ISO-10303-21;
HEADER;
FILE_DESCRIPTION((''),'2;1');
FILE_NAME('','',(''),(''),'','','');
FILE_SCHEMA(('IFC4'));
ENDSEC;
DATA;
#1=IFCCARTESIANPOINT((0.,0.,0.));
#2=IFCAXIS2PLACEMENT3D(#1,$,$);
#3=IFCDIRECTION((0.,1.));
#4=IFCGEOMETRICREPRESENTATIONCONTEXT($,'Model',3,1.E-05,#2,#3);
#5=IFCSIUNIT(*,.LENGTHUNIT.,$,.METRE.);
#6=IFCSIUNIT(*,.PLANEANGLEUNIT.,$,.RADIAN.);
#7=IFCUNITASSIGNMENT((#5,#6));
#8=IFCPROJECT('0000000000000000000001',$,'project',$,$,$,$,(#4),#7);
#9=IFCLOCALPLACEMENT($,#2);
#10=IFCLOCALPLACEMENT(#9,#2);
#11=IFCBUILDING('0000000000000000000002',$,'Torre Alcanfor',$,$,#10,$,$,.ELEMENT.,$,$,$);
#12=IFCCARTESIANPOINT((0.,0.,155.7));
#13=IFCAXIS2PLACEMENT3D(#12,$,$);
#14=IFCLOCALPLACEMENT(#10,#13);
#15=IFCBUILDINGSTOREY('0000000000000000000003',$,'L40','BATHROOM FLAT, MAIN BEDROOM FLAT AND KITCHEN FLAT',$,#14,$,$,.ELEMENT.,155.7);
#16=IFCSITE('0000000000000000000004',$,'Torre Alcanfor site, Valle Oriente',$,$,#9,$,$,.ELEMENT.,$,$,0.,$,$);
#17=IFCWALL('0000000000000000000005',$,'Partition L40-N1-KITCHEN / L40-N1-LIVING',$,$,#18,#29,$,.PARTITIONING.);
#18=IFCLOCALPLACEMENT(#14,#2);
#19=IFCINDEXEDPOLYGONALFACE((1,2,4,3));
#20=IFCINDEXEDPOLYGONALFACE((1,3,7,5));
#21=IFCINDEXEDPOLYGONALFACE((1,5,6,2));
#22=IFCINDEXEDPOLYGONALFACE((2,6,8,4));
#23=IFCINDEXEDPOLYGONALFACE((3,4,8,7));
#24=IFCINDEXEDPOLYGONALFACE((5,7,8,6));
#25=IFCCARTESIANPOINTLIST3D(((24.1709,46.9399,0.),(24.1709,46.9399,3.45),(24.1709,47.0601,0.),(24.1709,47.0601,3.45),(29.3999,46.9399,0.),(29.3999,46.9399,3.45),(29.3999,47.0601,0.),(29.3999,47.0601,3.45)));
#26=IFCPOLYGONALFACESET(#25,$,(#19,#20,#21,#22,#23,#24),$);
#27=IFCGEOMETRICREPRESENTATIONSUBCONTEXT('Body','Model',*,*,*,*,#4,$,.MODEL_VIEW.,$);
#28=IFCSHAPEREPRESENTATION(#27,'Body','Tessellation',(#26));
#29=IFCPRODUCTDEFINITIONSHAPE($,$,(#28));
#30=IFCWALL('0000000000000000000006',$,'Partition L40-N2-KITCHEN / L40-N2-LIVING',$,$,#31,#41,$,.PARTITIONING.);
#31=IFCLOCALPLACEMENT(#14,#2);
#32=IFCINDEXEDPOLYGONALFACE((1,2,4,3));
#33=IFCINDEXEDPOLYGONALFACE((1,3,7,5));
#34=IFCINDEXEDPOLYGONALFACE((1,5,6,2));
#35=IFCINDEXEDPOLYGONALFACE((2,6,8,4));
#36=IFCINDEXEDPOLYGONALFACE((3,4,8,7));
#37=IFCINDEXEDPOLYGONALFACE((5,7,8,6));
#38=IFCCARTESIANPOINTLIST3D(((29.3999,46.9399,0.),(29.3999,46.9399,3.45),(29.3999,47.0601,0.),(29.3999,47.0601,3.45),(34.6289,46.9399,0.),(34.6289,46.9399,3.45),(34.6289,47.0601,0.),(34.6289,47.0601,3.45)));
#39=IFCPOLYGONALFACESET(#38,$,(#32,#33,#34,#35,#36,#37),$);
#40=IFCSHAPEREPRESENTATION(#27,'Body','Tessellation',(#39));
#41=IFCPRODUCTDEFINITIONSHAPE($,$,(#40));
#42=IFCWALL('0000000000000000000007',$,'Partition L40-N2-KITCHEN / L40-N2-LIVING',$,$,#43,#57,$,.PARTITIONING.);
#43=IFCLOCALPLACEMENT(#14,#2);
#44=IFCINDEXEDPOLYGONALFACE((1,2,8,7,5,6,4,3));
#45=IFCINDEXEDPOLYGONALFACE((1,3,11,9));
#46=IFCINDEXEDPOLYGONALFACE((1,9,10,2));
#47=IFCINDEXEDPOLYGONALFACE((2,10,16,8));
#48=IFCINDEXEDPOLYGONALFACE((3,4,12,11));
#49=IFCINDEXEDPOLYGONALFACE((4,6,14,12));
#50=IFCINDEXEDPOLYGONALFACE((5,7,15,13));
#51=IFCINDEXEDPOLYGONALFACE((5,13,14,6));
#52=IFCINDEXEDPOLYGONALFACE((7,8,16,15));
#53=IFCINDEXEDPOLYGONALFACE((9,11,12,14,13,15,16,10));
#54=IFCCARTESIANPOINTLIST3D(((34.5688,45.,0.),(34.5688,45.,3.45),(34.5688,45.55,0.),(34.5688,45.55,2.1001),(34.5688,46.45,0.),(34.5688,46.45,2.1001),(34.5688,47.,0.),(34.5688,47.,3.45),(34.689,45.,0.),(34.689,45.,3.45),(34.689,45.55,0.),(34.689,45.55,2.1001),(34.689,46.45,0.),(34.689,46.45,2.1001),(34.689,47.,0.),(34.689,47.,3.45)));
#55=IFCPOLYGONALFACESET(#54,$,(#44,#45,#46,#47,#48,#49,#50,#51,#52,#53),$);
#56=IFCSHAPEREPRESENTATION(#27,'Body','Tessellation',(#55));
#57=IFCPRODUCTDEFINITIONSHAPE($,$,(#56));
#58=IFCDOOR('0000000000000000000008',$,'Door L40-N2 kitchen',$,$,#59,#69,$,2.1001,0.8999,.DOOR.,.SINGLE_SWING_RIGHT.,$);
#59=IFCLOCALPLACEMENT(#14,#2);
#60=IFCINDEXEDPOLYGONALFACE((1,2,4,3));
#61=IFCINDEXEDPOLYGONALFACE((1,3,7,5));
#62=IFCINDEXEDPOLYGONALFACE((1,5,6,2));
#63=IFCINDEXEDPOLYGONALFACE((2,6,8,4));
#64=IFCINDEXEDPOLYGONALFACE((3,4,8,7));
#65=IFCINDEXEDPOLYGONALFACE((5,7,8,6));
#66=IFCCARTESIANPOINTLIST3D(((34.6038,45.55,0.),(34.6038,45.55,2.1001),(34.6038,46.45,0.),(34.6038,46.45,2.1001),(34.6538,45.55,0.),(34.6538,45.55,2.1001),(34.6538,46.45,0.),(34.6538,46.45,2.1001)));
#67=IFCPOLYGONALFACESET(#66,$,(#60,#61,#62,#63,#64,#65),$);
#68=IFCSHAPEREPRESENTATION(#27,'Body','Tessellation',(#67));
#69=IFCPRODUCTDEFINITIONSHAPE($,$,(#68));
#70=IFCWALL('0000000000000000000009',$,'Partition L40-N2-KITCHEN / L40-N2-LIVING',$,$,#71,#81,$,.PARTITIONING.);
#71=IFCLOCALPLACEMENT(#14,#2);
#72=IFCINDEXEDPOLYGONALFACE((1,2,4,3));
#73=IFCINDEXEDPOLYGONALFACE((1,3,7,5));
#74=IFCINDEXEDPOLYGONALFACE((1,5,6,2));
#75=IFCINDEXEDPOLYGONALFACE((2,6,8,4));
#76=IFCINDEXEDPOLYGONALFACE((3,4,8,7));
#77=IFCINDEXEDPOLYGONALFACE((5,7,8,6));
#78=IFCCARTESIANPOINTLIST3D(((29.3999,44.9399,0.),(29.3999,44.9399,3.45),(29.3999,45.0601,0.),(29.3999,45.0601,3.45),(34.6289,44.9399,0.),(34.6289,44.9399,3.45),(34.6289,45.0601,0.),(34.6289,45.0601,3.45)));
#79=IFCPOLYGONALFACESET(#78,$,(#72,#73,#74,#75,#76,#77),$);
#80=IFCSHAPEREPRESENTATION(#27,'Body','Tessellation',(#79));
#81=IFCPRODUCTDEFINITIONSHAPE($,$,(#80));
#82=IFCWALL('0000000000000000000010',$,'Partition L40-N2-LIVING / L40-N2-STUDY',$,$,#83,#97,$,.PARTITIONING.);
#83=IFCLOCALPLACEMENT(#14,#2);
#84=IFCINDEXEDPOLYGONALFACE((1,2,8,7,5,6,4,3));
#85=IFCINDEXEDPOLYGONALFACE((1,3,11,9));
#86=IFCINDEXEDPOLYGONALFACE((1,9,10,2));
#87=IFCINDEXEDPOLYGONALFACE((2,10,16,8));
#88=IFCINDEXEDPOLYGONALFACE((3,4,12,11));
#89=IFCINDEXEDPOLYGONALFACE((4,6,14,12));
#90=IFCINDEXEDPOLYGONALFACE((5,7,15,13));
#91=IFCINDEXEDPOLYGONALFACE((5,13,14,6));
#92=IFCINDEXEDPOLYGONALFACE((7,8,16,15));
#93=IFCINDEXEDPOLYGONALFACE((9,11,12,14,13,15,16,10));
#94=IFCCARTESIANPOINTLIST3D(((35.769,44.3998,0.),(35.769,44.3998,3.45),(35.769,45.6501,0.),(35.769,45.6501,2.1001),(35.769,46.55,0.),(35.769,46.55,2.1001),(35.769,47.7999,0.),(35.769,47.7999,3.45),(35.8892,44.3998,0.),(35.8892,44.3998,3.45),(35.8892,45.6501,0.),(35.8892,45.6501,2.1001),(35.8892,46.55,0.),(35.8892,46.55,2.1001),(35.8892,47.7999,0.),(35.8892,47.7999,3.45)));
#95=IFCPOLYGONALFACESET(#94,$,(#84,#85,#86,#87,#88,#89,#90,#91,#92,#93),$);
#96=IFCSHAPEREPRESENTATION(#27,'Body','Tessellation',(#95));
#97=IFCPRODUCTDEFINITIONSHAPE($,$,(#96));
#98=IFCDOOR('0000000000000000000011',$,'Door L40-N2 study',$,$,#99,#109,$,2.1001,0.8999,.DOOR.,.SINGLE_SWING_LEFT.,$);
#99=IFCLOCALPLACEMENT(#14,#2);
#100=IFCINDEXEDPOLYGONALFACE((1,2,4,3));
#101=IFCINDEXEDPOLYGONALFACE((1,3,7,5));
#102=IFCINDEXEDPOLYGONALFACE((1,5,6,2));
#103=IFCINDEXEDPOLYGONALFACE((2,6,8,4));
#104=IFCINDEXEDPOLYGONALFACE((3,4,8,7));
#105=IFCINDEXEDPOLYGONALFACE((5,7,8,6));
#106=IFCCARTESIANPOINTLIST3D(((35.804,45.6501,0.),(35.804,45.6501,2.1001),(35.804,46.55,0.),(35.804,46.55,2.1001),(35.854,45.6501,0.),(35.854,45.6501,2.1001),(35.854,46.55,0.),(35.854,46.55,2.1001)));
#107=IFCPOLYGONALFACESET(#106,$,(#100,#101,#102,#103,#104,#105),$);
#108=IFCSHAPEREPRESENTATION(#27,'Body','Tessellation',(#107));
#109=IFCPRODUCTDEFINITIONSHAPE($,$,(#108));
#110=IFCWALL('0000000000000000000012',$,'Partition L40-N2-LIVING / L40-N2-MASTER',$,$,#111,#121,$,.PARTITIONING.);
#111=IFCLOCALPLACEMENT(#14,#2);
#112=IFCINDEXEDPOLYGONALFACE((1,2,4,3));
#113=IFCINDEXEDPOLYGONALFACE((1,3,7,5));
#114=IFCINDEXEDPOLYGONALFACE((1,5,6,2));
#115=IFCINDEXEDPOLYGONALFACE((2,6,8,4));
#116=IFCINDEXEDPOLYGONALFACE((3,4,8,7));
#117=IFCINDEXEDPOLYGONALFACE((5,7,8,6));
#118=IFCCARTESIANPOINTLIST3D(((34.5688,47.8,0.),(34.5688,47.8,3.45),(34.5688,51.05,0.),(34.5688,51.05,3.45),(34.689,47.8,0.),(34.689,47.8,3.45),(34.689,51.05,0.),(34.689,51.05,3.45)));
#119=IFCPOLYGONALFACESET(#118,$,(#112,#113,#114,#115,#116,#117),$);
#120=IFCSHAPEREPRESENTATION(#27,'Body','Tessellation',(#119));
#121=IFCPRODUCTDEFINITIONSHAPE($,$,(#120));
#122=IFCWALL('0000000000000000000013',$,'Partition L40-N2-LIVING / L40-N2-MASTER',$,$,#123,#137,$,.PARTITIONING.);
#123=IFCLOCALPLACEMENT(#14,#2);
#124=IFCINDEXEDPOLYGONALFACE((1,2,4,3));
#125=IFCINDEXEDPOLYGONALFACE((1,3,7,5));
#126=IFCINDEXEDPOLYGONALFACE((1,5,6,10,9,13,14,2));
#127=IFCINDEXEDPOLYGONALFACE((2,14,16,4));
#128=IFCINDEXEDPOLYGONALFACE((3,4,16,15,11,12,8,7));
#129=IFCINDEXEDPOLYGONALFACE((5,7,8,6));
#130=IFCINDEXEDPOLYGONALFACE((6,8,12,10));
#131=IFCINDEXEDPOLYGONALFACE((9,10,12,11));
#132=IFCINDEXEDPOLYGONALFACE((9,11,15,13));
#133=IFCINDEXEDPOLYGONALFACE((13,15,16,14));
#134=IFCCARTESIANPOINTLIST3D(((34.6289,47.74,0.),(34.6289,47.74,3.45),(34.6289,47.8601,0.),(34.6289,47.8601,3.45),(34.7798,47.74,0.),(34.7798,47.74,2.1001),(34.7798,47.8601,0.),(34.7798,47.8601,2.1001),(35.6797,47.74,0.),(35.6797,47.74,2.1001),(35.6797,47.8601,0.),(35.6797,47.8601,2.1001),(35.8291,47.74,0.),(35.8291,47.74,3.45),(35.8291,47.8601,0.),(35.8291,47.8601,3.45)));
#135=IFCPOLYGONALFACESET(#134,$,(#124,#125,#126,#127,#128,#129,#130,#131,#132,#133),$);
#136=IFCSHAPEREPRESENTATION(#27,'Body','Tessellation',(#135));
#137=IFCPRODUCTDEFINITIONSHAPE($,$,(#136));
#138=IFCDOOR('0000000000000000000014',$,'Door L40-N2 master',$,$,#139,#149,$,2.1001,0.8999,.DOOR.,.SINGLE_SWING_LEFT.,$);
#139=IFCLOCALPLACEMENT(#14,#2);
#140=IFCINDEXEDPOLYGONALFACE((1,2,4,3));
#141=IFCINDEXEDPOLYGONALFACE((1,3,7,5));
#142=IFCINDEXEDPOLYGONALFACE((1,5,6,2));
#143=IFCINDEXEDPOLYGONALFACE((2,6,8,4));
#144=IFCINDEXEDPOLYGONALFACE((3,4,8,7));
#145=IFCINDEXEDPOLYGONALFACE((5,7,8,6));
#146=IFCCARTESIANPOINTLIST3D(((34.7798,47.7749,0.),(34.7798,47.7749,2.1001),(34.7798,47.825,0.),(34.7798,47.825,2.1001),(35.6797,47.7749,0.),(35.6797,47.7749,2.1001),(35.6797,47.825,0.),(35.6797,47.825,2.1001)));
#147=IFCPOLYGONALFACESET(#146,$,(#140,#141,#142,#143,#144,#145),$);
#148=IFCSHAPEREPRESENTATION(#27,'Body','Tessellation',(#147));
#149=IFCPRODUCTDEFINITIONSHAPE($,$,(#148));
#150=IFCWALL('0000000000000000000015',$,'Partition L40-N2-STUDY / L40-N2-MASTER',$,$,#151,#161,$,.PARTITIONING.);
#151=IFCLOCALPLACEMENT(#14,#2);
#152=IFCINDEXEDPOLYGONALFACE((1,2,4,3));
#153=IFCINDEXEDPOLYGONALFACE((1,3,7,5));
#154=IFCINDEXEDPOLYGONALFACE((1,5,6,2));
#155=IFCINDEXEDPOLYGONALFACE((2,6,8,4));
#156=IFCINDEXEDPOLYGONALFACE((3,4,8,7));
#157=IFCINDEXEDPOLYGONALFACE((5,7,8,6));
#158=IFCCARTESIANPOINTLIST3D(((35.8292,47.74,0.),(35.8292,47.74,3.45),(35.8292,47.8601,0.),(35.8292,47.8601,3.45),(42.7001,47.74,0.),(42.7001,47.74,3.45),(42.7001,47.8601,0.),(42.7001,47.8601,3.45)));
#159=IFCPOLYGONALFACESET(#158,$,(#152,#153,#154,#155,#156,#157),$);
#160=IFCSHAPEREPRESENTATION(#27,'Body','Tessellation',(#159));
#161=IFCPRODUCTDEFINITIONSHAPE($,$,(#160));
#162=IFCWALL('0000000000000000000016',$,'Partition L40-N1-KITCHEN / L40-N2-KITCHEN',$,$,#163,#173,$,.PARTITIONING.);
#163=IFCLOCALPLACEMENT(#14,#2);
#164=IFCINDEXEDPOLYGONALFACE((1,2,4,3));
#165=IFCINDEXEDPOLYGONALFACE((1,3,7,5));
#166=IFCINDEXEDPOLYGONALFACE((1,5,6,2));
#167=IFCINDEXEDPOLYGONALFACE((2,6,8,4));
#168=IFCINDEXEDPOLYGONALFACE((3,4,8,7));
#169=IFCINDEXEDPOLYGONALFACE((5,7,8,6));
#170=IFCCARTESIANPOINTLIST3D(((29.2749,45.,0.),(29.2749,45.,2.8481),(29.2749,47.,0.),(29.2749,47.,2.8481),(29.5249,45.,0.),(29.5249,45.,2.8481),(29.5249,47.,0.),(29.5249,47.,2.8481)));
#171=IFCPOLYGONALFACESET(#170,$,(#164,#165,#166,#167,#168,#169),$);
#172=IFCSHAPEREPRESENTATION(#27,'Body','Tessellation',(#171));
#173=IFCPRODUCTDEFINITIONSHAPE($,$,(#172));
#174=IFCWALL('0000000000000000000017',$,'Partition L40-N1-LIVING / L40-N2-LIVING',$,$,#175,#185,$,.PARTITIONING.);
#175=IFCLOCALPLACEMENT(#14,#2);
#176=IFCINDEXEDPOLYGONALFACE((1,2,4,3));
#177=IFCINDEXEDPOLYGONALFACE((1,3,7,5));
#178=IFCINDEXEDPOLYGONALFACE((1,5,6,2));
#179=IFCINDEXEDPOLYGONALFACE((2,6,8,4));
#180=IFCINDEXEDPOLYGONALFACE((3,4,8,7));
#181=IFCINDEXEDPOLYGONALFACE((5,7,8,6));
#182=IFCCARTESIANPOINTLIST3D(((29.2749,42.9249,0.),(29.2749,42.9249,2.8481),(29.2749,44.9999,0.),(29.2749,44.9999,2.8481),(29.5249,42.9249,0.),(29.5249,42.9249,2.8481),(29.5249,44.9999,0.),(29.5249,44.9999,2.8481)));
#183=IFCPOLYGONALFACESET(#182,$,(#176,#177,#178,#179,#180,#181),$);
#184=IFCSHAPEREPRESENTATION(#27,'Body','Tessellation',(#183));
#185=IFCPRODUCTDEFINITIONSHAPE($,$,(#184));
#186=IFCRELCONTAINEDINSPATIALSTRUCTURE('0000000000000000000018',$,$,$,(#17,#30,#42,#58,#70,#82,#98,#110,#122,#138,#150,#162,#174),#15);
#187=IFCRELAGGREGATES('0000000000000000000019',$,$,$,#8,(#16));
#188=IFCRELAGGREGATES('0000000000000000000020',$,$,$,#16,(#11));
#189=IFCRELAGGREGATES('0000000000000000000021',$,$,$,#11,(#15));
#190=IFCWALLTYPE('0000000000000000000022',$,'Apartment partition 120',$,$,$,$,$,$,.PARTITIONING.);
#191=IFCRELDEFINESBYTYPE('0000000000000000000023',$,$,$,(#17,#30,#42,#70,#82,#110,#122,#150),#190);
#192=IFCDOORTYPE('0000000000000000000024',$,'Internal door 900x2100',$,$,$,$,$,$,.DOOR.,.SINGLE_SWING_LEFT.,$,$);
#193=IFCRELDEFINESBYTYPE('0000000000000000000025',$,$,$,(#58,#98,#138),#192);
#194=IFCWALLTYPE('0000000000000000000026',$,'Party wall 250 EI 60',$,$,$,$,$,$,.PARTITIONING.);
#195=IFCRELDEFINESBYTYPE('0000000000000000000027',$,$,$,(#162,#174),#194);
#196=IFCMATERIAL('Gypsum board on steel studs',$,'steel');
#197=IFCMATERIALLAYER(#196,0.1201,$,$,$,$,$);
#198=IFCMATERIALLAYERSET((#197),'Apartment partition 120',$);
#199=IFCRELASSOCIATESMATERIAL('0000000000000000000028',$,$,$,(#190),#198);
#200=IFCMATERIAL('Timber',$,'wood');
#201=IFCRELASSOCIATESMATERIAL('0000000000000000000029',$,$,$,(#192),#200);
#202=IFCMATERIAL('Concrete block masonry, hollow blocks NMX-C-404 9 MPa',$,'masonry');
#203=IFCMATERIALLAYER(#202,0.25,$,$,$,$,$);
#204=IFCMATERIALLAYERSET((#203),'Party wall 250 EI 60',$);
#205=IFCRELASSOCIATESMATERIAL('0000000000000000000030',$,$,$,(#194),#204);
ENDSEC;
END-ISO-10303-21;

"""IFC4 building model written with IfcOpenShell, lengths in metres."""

from ifc_helpers import new_model, si_unit, direction, frame, frame_2d, origin, place, context, subcontext, project, spatial, rectangle, extrude, material, layer, layer_set, type_object, element, fill, save


model = new_model("IFC4")

# Units and contexts
model_context = context("Model", 3, precision=1e-05, world=origin(), true_north=direction((0.0, 1.0)))
body_context = subcontext(model_context, "Body", "Model", "MODEL_VIEW")
ifc_project = project(units=[si_unit("LENGTHUNIT", "METRE"), si_unit("PLANEANGLEUNIT", "RADIAN")], contexts=[model_context])

# Site, building, storey
site_placement = place(None, origin())
site = spatial("IfcSite", under=ifc_project, at=site_placement, Name="Torre Alcanfor site, Valle Oriente", CompositionType="ELEMENT", RefElevation=0.0)
building_placement = place(site_placement, origin())
building = spatial("IfcBuilding", under=site, at=building_placement, Name="Torre Alcanfor", CompositionType="ELEMENT")
storey_placement = place(building_placement, frame((0.0, 0.0, 155.7)))
storey = spatial("IfcBuildingStorey", under=building, at=storey_placement, Name="L40", Description="BATHROOM FLAT, MAIN BEDROOM FLAT AND KITCHEN FLAT", CompositionType="ELEMENT", Elevation=155.7)

# Walls
ifc_material_1 = material(Name="Gypsum board on steel studs", Category="steel")
ifc_layer_1 = layer(ifc_material_1, 0.1201)
ifc_layer_set_1 = layer_set([ifc_layer_1], Name="Apartment partition 120")
wall_type_1 = type_object("IfcWallType", Name="Apartment partition 120", PredefinedType="PARTITIONING", material=ifc_layer_set_1)
for number, where, z_axis, x_axis, name in (
    (1, (29.3999, 47.0, 0.0), (0.0, 0.0, 1.0), (-1.0, 0.0, 0.0), "Partition L40-N1-KITCHEN / L40-N1-LIVING"),
    (2, (29.3999, 47.0, 0.0), (0.0, 0.0, 1.0), (1.0, 0.0, 0.0), "Partition L40-N2-KITCHEN / L40-N2-LIVING"),
):
    element("IfcWall", number, at=place(storey_placement, frame(where, z_axis=z_axis, x_axis=x_axis)), inside=storey, type_object=wall_type_1, Name=name, PredefinedType="PARTITIONING", context=body_context, shape_type="SweptSolid", body=[
        extrude(rectangle(XDim=5.229, YDim=0.1201, at=frame_2d((2.6145, 0.0))), origin(), (0.0, 0.0, 1.0), 3.45),
    ])

# Wall, opening, door
wall_1_placement = place(storey_placement, frame((34.6289, 47.0, 0.0), z_axis=(0.0, 0.0, 1.0), x_axis=(0.0, -1.0, 0.0)))
wall_1 = element("IfcWall", 3, at=wall_1_placement, inside=storey, type_object=wall_type_1, Name="Partition L40-N2-KITCHEN / L40-N2-LIVING", PredefinedType="PARTITIONING", context=body_context, shape_type="SweptSolid", body=[
    extrude(rectangle(XDim=2.0, YDim=0.1201, at=frame_2d((1.0, 0.0))), origin(), (0.0, 0.0, 1.0), 3.45),
])
opening_1_placement = place(wall_1_placement, frame((0.55, 0.0, 0.0)))
opening_1 = element("IfcOpeningElement", 4, at=opening_1_placement, cuts=wall_1, PredefinedType="OPENING", context=body_context, shape_type="SweptSolid", body=[
    extrude(rectangle(XDim=0.8999, YDim=2.1001, at=frame_2d((0.45, 1.05))), frame((0.0, 0.0701, 0.0), z_axis=(0.0, -1.0, 0.0), x_axis=(1.0, 0.0, 0.0)), (0.0, 0.0, 1.0), 0.1401),
])
ifc_material_2 = material(Name="Timber", Category="wood")
door_type_1 = type_object("IfcDoorType", Name="Internal door 900x2100", OperationType="SINGLE_SWING_LEFT", PredefinedType="DOOR", material=ifc_material_2)
door_1_placement = place(opening_1_placement, frame((0.8999, 0.0, 0.0), z_axis=(0.0, 0.0, 1.0), x_axis=(-1.0, 0.0, 0.0)))
door_1 = element("IfcDoor", 5, at=door_1_placement, inside=storey, type_object=door_type_1, Name="Door L40-N2 kitchen", OperationType="SINGLE_SWING_RIGHT", OverallHeight=2.1001, OverallWidth=0.8999, PredefinedType="DOOR", context=body_context, shape_type="SweptSolid", body=[
    extrude(rectangle(XDim=0.8999, YDim=2.1001, at=frame_2d((0.45, 1.05))), frame((0.0, 0.0251, 0.0), z_axis=(0.0, -1.0, 0.0), x_axis=(1.0, 0.0, 0.0)), (0.0, 0.0, 1.0), 0.05),
])
fill(opening_1, door_1)

# Wall
wall_2_placement = place(storey_placement, frame((34.6289, 45.0, 0.0), z_axis=(0.0, 0.0, 1.0), x_axis=(-1.0, 0.0, 0.0)))
element("IfcWall", 6, at=wall_2_placement, inside=storey, type_object=wall_type_1, Name="Partition L40-N2-KITCHEN / L40-N2-LIVING", PredefinedType="PARTITIONING", context=body_context, shape_type="SweptSolid", body=[
    extrude(rectangle(XDim=5.229, YDim=0.1201, at=frame_2d((2.6145, 0.0))), origin(), (0.0, 0.0, 1.0), 3.45),
])

# Wall, opening, door
wall_3_placement = place(storey_placement, frame((35.8291, 47.8, 0.0), z_axis=(0.0, 0.0, 1.0), x_axis=(0.0, -1.0, 0.0)))
wall_3 = element("IfcWall", 7, at=wall_3_placement, inside=storey, type_object=wall_type_1, Name="Partition L40-N2-LIVING / L40-N2-STUDY", PredefinedType="PARTITIONING", context=body_context, shape_type="SweptSolid", body=[
    extrude(rectangle(XDim=3.4001, YDim=0.1201, at=frame_2d((1.7002, 0.0))), origin(), (0.0, 0.0, 1.0), 3.45),
])
opening_2_placement = place(wall_3_placement, frame((1.25, 0.0, 0.0)))
opening_2 = element("IfcOpeningElement", 8, at=opening_2_placement, cuts=wall_3, PredefinedType="OPENING", context=body_context, shape_type="SweptSolid", body=[
    extrude(rectangle(XDim=0.8999, YDim=2.1001, at=frame_2d((0.45, 1.05))), frame((0.0, 0.0701, 0.0), z_axis=(0.0, -1.0, 0.0), x_axis=(1.0, 0.0, 0.0)), (0.0, 0.0, 1.0), 0.1401),
])
door_2_placement = place(opening_2_placement, origin())
door_2 = element("IfcDoor", 9, at=door_2_placement, inside=storey, type_object=door_type_1, Name="Door L40-N2 study", OperationType="SINGLE_SWING_LEFT", OverallHeight=2.1001, OverallWidth=0.8999, PredefinedType="DOOR", context=body_context, shape_type="SweptSolid", body=[
    extrude(rectangle(XDim=0.8999, YDim=2.1001, at=frame_2d((0.45, 1.05))), frame((0.0, 0.0249, 0.0), z_axis=(0.0, -1.0, 0.0), x_axis=(1.0, 0.0, 0.0)), (0.0, 0.0, 1.0), 0.05),
])
fill(opening_2, door_2)

# Wall
wall_4_placement = place(storey_placement, frame((34.6289, 51.05, 0.0), z_axis=(0.0, 0.0, 1.0), x_axis=(0.0, -1.0, 0.0)))
element("IfcWall", 10, at=wall_4_placement, inside=storey, type_object=wall_type_1, Name="Partition L40-N2-LIVING / L40-N2-MASTER", PredefinedType="PARTITIONING", context=body_context, shape_type="SweptSolid", body=[
    extrude(rectangle(XDim=3.25, YDim=0.1201, at=frame_2d((1.625, 0.0))), origin(), (0.0, 0.0, 1.0), 3.45),
])

# Wall, opening, door
wall_5_placement = place(storey_placement, frame((34.6289, 47.8, 0.0), z_axis=(0.0, 0.0, 1.0), x_axis=(1.0, 0.0, 0.0)))
wall_5 = element("IfcWall", 11, at=wall_5_placement, inside=storey, type_object=wall_type_1, Name="Partition L40-N2-LIVING / L40-N2-MASTER", PredefinedType="PARTITIONING", context=body_context, shape_type="SweptSolid", body=[
    extrude(rectangle(XDim=1.2002, YDim=0.1201, at=frame_2d((0.6001, 0.0))), origin(), (0.0, 0.0, 1.0), 3.45),
])
opening_3_placement = place(wall_5_placement, frame((0.1509, 0.0, 0.0)))
opening_3 = element("IfcOpeningElement", 12, at=opening_3_placement, cuts=wall_5, PredefinedType="OPENING", context=body_context, shape_type="SweptSolid", body=[
    extrude(rectangle(XDim=0.8999, YDim=2.1001, at=frame_2d((0.45, 1.05))), frame((0.0, 0.0701, 0.0), z_axis=(0.0, -1.0, 0.0), x_axis=(1.0, 0.0, 0.0)), (0.0, 0.0, 1.0), 0.1401),
])
door_3_placement = place(opening_3_placement, origin())
door_3 = element("IfcDoor", 13, at=door_3_placement, inside=storey, type_object=door_type_1, Name="Door L40-N2 master", OperationType="SINGLE_SWING_LEFT", OverallHeight=2.1001, OverallWidth=0.8999, PredefinedType="DOOR", context=body_context, shape_type="SweptSolid", body=[
    extrude(rectangle(XDim=0.8999, YDim=2.1001, at=frame_2d((0.45, 1.05))), frame((0.0, 0.0249, 0.0), z_axis=(0.0, -1.0, 0.0), x_axis=(1.0, 0.0, 0.0)), (0.0, 0.0, 1.0), 0.05),
])
fill(opening_3, door_3)

# Walls
wall_6_placement = place(storey_placement, frame((35.8291, 47.8, 0.0), z_axis=(0.0, 0.0, 1.0), x_axis=(1.0, 0.0, 0.0)))
element("IfcWall", 14, at=wall_6_placement, inside=storey, type_object=wall_type_1, Name="Partition L40-N2-STUDY / L40-N2-MASTER", PredefinedType="PARTITIONING", context=body_context, shape_type="SweptSolid", body=[
    extrude(rectangle(XDim=6.8708, YDim=0.1201, at=frame_2d((3.4355, 0.0))), origin(), (0.0, 0.0, 1.0), 3.45),
])
ifc_material_3 = material(Name="Concrete block masonry, hollow blocks NMX-C-404 9 MPa", Category="masonry")
ifc_layer_2 = layer(ifc_material_3, 0.25)
ifc_layer_set_2 = layer_set([ifc_layer_2], Name="Party wall 250 EI 60")
wall_type_2 = type_object("IfcWallType", Name="Party wall 250 EI 60", PredefinedType="PARTITIONING", material=ifc_layer_set_2)
wall_7_placement = place(storey_placement, frame((29.3999, 45.0, 0.0), z_axis=(0.0, 0.0, 1.0), x_axis=(0.0, 1.0, 0.0)))
element("IfcWall", 15, at=wall_7_placement, inside=storey, type_object=wall_type_2, Name="Partition L40-N1-KITCHEN / L40-N2-KITCHEN", PredefinedType="PARTITIONING", context=body_context, shape_type="SweptSolid", body=[
    extrude(rectangle(XDim=2.0, YDim=0.25, at=frame_2d((1.0, 0.0))), origin(), (0.0, 0.0, 1.0), 2.8481),
])
wall_8_placement = place(storey_placement, frame((29.3999, 45.0, 0.0), z_axis=(0.0, 0.0, 1.0), x_axis=(0.0, -1.0, 0.0)))
element("IfcWall", 16, at=wall_8_placement, inside=storey, type_object=wall_type_2, Name="Partition L40-N1-LIVING / L40-N2-LIVING", PredefinedType="PARTITIONING", context=body_context, shape_type="SweptSolid", body=[
    extrude(rectangle(XDim=2.075, YDim=0.25, at=frame_2d((1.0376, 0.0))), origin(), (0.0, 0.0, 1.0), 2.8481),
])

save(model, "model.ifc")
